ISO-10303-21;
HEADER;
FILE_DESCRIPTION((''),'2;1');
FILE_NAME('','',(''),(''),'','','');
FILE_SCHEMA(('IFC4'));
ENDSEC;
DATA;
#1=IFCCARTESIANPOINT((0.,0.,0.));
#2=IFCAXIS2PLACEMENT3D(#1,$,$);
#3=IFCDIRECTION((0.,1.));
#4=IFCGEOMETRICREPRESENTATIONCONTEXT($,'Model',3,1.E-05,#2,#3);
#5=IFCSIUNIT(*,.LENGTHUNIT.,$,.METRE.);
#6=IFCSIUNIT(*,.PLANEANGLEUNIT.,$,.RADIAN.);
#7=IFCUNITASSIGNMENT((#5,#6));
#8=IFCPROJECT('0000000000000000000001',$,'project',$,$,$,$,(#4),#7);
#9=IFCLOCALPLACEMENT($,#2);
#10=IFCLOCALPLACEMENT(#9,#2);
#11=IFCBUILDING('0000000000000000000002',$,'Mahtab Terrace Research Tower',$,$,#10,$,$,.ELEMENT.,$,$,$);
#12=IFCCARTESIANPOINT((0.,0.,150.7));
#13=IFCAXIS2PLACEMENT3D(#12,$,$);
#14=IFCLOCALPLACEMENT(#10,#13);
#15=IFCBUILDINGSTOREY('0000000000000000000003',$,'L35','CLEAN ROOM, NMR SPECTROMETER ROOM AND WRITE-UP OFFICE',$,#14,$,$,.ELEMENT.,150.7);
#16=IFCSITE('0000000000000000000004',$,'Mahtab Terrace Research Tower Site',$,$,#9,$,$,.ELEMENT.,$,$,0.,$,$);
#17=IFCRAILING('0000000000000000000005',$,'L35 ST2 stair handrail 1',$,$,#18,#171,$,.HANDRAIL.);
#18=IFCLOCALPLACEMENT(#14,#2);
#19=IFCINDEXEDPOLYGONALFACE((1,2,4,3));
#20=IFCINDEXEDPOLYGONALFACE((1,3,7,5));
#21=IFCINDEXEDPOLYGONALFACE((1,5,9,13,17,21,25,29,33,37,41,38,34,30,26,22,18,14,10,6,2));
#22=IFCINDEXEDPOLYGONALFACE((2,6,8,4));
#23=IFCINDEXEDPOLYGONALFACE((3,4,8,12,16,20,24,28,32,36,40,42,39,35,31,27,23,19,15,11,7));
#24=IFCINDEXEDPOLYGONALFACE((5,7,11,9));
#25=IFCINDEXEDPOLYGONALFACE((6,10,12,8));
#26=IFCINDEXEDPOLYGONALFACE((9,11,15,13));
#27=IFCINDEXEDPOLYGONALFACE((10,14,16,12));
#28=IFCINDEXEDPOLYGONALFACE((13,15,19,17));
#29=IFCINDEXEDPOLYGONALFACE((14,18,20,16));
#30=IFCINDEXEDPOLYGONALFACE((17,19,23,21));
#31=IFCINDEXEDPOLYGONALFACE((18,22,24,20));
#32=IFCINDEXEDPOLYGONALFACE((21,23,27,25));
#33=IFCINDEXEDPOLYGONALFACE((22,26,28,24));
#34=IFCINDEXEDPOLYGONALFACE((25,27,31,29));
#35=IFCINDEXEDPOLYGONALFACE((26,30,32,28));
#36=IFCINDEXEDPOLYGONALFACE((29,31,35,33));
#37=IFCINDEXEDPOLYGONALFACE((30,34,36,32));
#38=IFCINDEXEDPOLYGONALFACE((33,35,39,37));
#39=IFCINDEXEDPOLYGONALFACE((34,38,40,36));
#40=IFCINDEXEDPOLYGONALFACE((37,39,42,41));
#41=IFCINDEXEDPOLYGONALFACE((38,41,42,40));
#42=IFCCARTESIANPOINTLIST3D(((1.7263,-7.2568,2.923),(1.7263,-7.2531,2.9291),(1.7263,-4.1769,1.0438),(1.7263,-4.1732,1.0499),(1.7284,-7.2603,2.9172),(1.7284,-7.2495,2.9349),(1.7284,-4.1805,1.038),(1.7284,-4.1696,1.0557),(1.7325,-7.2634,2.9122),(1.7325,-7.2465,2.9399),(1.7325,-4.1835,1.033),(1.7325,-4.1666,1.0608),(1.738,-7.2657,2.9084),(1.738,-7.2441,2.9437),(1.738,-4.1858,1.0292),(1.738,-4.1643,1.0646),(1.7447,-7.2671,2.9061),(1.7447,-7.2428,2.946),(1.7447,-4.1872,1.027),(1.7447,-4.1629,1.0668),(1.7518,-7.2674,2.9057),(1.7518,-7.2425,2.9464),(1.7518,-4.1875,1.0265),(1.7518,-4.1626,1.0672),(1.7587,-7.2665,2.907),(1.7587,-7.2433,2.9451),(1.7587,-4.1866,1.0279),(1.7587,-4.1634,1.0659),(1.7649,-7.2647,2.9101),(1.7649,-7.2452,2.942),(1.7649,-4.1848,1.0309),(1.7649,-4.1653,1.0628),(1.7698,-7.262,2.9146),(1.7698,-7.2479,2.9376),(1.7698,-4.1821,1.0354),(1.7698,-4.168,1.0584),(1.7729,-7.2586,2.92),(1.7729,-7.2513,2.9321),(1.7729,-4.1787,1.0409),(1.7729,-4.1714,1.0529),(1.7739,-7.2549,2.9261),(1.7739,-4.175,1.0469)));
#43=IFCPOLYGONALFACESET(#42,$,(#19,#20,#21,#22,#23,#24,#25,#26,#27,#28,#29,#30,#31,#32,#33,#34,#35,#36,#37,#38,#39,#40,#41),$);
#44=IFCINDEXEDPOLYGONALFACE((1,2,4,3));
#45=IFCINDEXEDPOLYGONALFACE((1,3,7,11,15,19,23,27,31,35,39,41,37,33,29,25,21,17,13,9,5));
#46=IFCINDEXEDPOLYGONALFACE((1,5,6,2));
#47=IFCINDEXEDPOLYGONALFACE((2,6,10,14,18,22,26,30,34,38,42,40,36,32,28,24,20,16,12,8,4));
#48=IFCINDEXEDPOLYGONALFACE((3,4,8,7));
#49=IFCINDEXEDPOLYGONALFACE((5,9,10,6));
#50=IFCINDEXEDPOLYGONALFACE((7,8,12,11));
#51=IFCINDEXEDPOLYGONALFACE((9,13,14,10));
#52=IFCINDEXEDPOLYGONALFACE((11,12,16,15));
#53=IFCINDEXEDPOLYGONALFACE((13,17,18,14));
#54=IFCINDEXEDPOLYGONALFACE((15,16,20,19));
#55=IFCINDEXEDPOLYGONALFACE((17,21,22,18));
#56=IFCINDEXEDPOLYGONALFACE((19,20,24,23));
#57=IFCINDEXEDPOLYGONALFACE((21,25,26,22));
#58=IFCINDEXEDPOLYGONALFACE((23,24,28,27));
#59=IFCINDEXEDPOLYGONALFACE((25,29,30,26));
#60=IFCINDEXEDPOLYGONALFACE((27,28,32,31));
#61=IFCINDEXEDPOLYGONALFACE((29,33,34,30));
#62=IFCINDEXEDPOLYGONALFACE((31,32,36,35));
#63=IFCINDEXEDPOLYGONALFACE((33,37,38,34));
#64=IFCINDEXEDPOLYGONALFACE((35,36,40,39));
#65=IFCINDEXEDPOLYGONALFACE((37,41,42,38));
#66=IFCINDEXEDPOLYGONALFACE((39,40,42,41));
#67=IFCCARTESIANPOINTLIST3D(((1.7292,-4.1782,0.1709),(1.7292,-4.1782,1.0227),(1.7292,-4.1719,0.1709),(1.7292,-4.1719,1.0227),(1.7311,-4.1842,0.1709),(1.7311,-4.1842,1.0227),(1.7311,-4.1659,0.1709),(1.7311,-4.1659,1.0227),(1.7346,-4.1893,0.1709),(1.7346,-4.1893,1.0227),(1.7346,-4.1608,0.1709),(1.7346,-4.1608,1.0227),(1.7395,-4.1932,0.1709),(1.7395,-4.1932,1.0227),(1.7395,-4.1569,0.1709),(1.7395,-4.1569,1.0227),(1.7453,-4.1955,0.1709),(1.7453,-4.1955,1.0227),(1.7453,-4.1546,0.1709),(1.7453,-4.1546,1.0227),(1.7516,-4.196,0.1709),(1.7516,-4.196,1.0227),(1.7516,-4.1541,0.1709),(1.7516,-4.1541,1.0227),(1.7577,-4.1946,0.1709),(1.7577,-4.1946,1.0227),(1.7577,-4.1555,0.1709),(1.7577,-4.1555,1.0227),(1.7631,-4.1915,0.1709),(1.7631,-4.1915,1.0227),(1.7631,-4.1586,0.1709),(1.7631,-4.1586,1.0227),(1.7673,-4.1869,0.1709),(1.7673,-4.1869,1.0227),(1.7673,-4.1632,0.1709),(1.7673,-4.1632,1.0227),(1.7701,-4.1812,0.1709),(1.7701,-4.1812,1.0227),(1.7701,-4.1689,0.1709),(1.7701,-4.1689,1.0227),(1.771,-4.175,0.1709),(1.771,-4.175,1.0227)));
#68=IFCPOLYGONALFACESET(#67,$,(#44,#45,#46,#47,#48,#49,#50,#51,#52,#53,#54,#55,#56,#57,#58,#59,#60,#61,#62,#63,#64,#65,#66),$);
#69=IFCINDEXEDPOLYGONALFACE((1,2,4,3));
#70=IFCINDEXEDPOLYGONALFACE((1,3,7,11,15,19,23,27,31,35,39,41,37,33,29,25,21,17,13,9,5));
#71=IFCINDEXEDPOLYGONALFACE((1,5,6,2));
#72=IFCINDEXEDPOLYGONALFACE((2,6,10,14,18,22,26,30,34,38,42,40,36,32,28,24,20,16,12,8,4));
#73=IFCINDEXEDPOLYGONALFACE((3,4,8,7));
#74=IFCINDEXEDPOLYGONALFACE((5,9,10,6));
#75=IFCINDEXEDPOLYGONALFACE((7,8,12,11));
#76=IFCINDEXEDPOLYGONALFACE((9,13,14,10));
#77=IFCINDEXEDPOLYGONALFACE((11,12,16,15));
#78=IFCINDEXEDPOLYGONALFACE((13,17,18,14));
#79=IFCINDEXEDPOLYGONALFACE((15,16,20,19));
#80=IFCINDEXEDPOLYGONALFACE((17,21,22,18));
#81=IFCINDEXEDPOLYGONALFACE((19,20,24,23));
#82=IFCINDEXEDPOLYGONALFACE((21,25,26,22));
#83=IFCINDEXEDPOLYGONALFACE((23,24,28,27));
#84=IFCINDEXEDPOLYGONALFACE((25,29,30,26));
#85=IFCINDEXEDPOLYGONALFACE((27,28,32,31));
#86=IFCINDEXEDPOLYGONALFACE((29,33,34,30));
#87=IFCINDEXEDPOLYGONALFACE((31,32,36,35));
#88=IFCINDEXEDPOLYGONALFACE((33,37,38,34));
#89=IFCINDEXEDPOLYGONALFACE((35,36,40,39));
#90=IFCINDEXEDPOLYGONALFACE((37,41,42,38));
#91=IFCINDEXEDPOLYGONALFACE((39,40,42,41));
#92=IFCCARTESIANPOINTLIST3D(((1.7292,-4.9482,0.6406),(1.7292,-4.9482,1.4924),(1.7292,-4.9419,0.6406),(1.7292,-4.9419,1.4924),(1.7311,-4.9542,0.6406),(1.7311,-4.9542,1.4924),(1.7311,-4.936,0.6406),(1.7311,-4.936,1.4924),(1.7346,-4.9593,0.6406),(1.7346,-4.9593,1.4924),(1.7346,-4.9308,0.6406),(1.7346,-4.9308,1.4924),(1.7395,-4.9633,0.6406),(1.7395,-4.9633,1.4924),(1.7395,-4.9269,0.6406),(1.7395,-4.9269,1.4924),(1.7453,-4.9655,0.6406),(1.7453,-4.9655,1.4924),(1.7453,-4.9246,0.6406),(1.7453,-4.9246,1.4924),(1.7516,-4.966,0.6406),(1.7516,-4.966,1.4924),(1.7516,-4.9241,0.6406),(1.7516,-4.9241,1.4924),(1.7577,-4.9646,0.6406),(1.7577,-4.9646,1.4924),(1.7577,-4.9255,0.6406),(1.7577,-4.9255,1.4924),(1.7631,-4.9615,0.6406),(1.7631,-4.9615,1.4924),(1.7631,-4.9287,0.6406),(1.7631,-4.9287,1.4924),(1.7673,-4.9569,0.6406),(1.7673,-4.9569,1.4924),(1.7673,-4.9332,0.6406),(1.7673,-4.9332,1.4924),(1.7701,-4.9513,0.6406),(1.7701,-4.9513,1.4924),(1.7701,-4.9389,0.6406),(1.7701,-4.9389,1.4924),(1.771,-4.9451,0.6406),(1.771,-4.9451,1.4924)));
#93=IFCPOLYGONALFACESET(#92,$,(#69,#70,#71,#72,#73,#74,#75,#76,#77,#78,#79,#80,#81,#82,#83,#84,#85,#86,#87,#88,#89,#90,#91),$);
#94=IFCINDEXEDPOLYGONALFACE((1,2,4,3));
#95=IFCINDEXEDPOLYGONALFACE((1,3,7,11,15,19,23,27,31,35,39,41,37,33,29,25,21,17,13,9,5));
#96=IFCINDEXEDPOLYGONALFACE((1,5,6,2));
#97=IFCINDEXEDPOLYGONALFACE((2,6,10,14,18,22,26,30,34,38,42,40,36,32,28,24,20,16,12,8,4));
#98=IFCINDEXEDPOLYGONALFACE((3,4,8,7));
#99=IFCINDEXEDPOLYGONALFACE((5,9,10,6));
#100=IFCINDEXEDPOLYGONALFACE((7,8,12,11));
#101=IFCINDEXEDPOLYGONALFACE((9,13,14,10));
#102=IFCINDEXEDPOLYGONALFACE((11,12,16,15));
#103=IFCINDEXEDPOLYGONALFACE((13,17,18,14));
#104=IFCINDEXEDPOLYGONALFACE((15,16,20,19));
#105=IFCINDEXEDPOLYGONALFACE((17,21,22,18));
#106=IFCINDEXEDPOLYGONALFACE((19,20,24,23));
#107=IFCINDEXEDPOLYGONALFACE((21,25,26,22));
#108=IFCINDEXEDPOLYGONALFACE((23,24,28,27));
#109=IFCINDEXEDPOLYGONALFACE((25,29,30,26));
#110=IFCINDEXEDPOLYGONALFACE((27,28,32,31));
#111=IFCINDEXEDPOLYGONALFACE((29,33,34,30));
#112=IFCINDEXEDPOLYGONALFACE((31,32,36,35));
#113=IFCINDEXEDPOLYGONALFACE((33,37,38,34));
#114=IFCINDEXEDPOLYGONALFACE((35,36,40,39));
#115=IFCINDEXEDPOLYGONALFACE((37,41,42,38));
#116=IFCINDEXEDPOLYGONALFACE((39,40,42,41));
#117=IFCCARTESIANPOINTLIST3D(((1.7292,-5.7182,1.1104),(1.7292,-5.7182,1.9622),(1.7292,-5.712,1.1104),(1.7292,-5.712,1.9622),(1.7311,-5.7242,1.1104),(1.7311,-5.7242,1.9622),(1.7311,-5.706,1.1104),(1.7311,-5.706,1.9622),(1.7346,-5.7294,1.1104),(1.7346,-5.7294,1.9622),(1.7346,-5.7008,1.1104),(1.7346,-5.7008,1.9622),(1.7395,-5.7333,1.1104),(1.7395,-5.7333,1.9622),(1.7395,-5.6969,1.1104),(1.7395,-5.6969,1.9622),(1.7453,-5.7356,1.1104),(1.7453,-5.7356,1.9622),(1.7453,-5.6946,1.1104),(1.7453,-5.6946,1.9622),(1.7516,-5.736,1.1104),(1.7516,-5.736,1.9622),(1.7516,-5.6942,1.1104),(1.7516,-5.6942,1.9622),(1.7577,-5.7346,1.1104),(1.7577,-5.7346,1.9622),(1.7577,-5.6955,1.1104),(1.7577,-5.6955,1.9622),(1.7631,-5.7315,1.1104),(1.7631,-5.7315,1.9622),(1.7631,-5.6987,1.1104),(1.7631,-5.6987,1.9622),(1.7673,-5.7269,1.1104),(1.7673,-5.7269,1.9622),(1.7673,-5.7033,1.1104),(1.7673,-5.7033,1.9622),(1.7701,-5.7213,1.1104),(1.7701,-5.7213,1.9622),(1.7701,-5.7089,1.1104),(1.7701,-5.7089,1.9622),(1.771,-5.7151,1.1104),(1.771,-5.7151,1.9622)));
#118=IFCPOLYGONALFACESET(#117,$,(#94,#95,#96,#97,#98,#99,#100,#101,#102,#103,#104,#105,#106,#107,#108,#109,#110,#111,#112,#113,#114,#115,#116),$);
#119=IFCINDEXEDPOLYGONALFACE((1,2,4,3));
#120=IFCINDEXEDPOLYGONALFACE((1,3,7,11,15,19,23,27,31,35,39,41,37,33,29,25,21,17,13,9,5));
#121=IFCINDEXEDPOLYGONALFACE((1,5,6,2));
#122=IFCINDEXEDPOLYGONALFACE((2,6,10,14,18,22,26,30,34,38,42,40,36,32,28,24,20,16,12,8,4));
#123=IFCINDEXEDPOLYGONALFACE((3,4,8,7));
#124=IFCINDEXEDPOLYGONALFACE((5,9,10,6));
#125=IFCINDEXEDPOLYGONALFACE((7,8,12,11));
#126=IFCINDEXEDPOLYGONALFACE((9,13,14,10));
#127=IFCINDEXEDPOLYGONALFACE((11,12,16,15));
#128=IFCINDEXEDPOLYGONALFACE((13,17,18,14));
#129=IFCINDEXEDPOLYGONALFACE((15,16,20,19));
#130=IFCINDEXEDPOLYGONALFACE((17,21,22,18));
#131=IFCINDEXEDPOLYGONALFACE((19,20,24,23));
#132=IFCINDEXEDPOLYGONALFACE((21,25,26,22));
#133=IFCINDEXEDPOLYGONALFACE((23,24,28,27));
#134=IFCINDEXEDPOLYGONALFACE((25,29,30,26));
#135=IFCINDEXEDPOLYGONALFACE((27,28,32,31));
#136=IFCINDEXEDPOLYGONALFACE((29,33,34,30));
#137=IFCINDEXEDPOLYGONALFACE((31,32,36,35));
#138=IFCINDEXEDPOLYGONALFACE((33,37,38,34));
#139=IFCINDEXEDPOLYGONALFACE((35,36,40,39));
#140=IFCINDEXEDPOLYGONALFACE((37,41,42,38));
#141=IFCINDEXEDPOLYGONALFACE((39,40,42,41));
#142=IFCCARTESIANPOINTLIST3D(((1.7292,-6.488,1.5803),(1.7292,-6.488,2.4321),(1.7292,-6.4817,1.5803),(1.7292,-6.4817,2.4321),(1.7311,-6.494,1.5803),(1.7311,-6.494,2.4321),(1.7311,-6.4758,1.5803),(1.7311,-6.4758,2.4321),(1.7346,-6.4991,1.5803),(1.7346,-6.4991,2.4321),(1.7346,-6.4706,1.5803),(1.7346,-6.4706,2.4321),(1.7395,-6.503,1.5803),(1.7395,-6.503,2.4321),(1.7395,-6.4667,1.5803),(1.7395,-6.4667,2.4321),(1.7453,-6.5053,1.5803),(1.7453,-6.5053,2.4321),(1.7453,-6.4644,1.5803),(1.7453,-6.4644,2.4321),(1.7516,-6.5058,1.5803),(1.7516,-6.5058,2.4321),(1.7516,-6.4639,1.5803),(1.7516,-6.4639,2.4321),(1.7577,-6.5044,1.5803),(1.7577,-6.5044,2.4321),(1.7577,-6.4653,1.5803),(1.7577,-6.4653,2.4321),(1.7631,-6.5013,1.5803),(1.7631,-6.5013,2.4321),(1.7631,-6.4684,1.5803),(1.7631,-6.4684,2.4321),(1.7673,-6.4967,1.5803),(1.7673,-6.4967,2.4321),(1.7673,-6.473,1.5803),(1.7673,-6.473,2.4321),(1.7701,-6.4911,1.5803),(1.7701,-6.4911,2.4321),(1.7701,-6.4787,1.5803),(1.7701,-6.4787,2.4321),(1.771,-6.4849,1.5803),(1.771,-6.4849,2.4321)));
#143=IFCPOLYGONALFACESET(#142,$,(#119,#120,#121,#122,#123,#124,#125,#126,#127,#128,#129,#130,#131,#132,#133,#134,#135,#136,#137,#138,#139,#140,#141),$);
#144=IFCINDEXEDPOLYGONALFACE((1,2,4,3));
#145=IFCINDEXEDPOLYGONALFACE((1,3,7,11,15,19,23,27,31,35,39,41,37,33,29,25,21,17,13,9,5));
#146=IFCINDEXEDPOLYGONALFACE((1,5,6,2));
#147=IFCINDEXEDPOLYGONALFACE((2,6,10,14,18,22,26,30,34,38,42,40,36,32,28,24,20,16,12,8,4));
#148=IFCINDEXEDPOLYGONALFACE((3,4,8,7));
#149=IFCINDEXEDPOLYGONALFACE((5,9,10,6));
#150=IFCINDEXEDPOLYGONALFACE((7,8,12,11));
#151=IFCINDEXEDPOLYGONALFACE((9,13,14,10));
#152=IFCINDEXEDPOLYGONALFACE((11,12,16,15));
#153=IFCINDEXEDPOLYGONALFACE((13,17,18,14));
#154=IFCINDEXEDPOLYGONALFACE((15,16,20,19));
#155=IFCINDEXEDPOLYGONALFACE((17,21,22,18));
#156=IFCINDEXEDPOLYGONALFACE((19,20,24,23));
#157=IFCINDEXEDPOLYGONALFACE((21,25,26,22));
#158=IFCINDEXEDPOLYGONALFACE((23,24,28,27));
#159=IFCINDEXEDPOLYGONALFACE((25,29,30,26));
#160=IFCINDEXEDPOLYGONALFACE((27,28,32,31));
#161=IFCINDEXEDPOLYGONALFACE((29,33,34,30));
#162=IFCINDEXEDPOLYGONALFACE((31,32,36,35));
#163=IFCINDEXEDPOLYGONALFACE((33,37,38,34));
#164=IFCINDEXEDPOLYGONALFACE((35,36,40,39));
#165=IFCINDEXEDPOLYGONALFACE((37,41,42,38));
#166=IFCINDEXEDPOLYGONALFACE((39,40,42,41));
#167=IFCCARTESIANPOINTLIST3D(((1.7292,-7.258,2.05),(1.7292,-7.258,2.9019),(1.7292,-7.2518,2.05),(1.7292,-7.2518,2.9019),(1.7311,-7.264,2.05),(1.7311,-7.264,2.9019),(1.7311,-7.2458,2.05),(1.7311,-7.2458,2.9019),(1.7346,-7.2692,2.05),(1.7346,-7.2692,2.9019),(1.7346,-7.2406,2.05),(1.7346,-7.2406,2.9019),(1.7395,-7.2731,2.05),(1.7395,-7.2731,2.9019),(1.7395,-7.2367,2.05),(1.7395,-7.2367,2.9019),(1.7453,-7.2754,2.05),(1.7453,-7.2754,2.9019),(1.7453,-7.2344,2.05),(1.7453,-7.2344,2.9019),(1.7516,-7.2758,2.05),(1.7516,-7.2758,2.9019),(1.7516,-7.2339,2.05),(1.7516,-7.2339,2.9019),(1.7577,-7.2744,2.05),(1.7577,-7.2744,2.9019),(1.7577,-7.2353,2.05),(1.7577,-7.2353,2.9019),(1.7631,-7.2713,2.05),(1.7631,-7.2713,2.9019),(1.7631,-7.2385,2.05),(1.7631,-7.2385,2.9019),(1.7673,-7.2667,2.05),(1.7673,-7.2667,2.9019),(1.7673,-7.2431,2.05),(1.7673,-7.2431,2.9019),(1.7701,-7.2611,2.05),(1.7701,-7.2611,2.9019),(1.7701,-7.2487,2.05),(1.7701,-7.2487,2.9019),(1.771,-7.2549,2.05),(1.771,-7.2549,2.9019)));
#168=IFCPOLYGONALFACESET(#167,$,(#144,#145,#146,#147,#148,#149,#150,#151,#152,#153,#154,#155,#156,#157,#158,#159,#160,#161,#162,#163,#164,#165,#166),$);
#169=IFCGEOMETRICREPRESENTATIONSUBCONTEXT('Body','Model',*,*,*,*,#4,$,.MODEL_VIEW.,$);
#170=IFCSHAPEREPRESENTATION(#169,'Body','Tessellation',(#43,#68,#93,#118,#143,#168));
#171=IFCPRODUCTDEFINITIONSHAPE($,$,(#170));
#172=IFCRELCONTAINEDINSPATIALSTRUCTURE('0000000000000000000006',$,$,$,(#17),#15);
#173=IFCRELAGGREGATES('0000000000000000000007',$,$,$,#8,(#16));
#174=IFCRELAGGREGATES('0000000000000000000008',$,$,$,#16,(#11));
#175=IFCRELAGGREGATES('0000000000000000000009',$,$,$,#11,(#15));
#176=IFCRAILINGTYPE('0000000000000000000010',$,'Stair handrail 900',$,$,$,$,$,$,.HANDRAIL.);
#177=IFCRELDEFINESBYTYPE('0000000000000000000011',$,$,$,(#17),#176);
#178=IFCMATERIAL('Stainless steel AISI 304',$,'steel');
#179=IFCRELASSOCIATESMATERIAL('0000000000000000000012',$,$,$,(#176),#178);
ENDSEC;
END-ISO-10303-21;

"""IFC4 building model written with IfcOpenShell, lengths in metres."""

from ifc_helpers import new_model, si_unit, direction, frame, origin, origin_2d, place, context, subcontext, project, spatial, circle, extrude, material, type_object, element, save


model = new_model("IFC4")

# Units and contexts
model_context = context("Model", 3, precision=1e-05, world=origin(), true_north=direction((0.0, 1.0)))
body_context = subcontext(model_context, "Body", "Model", "MODEL_VIEW")
ifc_project = project(units=[si_unit("LENGTHUNIT", "METRE"), si_unit("PLANEANGLEUNIT", "RADIAN")], contexts=[model_context])

# Site, building, storey
site_placement = place(None, origin())
site = spatial("IfcSite", under=ifc_project, at=site_placement, Name="Mahtab Terrace Research Tower Site", CompositionType="ELEMENT", RefElevation=0.0)
building_placement = place(site_placement, origin())
building = spatial("IfcBuilding", under=site, at=building_placement, Name="Mahtab Terrace Research Tower", CompositionType="ELEMENT")
storey_placement = place(building_placement, frame((0.0, 0.0, 150.7)))
storey = spatial("IfcBuildingStorey", under=building, at=storey_placement, Name="L35", Description="CLEAN ROOM, NMR SPECTROMETER ROOM AND WRITE-UP OFFICE", CompositionType="ELEMENT", Elevation=150.7)

# Railing
ifc_material_1 = material(Name="Stainless steel AISI 304", Category="steel")
railing_type_1 = type_object("IfcRailingType", Name="Stair handrail 900", PredefinedType="HANDRAIL", material=ifc_material_1)
railing_1_placement = place(storey_placement, frame((1.75, -4.175, 0.1709)))
element("IfcRailing", 1, at=railing_1_placement, inside=storey, type_object=railing_type_1, Name="L35 ST2 stair handrail 1", PredefinedType="HANDRAIL", context=body_context, shape_type="SweptSolid", body=[
    extrude(circle(Radius=0.0239, at=origin_2d()), frame((0.0, 0.0, 0.876), z_axis=(0.0, -0.853648, 0.52085), x_axis=(1.0, 0.0, 0.0)), (0.0, 0.0, 1.0), 3.6079),
    extrude(circle(Radius=0.021, at=origin_2d()), origin(), (0.0, 0.0, 1.0), 0.8518),
    extrude(circle(Radius=0.021, at=origin_2d()), frame((0.0, -0.77, 0.4697)), (0.0, 0.0, 1.0), 0.8518),
    extrude(circle(Radius=0.021, at=origin_2d()), frame((0.0, -1.54, 0.9395)), (0.0, 0.0, 1.0), 0.8518),
    extrude(circle(Radius=0.021, at=origin_2d()), frame((0.0, -2.3098, 1.4094)), (0.0, 0.0, 1.0), 0.8518),
    extrude(circle(Radius=0.021, at=origin_2d()), frame((0.0, -3.0798, 1.8792)), (0.0, 0.0, 1.0), 0.8518),
])

save(model, "model.ifc")
